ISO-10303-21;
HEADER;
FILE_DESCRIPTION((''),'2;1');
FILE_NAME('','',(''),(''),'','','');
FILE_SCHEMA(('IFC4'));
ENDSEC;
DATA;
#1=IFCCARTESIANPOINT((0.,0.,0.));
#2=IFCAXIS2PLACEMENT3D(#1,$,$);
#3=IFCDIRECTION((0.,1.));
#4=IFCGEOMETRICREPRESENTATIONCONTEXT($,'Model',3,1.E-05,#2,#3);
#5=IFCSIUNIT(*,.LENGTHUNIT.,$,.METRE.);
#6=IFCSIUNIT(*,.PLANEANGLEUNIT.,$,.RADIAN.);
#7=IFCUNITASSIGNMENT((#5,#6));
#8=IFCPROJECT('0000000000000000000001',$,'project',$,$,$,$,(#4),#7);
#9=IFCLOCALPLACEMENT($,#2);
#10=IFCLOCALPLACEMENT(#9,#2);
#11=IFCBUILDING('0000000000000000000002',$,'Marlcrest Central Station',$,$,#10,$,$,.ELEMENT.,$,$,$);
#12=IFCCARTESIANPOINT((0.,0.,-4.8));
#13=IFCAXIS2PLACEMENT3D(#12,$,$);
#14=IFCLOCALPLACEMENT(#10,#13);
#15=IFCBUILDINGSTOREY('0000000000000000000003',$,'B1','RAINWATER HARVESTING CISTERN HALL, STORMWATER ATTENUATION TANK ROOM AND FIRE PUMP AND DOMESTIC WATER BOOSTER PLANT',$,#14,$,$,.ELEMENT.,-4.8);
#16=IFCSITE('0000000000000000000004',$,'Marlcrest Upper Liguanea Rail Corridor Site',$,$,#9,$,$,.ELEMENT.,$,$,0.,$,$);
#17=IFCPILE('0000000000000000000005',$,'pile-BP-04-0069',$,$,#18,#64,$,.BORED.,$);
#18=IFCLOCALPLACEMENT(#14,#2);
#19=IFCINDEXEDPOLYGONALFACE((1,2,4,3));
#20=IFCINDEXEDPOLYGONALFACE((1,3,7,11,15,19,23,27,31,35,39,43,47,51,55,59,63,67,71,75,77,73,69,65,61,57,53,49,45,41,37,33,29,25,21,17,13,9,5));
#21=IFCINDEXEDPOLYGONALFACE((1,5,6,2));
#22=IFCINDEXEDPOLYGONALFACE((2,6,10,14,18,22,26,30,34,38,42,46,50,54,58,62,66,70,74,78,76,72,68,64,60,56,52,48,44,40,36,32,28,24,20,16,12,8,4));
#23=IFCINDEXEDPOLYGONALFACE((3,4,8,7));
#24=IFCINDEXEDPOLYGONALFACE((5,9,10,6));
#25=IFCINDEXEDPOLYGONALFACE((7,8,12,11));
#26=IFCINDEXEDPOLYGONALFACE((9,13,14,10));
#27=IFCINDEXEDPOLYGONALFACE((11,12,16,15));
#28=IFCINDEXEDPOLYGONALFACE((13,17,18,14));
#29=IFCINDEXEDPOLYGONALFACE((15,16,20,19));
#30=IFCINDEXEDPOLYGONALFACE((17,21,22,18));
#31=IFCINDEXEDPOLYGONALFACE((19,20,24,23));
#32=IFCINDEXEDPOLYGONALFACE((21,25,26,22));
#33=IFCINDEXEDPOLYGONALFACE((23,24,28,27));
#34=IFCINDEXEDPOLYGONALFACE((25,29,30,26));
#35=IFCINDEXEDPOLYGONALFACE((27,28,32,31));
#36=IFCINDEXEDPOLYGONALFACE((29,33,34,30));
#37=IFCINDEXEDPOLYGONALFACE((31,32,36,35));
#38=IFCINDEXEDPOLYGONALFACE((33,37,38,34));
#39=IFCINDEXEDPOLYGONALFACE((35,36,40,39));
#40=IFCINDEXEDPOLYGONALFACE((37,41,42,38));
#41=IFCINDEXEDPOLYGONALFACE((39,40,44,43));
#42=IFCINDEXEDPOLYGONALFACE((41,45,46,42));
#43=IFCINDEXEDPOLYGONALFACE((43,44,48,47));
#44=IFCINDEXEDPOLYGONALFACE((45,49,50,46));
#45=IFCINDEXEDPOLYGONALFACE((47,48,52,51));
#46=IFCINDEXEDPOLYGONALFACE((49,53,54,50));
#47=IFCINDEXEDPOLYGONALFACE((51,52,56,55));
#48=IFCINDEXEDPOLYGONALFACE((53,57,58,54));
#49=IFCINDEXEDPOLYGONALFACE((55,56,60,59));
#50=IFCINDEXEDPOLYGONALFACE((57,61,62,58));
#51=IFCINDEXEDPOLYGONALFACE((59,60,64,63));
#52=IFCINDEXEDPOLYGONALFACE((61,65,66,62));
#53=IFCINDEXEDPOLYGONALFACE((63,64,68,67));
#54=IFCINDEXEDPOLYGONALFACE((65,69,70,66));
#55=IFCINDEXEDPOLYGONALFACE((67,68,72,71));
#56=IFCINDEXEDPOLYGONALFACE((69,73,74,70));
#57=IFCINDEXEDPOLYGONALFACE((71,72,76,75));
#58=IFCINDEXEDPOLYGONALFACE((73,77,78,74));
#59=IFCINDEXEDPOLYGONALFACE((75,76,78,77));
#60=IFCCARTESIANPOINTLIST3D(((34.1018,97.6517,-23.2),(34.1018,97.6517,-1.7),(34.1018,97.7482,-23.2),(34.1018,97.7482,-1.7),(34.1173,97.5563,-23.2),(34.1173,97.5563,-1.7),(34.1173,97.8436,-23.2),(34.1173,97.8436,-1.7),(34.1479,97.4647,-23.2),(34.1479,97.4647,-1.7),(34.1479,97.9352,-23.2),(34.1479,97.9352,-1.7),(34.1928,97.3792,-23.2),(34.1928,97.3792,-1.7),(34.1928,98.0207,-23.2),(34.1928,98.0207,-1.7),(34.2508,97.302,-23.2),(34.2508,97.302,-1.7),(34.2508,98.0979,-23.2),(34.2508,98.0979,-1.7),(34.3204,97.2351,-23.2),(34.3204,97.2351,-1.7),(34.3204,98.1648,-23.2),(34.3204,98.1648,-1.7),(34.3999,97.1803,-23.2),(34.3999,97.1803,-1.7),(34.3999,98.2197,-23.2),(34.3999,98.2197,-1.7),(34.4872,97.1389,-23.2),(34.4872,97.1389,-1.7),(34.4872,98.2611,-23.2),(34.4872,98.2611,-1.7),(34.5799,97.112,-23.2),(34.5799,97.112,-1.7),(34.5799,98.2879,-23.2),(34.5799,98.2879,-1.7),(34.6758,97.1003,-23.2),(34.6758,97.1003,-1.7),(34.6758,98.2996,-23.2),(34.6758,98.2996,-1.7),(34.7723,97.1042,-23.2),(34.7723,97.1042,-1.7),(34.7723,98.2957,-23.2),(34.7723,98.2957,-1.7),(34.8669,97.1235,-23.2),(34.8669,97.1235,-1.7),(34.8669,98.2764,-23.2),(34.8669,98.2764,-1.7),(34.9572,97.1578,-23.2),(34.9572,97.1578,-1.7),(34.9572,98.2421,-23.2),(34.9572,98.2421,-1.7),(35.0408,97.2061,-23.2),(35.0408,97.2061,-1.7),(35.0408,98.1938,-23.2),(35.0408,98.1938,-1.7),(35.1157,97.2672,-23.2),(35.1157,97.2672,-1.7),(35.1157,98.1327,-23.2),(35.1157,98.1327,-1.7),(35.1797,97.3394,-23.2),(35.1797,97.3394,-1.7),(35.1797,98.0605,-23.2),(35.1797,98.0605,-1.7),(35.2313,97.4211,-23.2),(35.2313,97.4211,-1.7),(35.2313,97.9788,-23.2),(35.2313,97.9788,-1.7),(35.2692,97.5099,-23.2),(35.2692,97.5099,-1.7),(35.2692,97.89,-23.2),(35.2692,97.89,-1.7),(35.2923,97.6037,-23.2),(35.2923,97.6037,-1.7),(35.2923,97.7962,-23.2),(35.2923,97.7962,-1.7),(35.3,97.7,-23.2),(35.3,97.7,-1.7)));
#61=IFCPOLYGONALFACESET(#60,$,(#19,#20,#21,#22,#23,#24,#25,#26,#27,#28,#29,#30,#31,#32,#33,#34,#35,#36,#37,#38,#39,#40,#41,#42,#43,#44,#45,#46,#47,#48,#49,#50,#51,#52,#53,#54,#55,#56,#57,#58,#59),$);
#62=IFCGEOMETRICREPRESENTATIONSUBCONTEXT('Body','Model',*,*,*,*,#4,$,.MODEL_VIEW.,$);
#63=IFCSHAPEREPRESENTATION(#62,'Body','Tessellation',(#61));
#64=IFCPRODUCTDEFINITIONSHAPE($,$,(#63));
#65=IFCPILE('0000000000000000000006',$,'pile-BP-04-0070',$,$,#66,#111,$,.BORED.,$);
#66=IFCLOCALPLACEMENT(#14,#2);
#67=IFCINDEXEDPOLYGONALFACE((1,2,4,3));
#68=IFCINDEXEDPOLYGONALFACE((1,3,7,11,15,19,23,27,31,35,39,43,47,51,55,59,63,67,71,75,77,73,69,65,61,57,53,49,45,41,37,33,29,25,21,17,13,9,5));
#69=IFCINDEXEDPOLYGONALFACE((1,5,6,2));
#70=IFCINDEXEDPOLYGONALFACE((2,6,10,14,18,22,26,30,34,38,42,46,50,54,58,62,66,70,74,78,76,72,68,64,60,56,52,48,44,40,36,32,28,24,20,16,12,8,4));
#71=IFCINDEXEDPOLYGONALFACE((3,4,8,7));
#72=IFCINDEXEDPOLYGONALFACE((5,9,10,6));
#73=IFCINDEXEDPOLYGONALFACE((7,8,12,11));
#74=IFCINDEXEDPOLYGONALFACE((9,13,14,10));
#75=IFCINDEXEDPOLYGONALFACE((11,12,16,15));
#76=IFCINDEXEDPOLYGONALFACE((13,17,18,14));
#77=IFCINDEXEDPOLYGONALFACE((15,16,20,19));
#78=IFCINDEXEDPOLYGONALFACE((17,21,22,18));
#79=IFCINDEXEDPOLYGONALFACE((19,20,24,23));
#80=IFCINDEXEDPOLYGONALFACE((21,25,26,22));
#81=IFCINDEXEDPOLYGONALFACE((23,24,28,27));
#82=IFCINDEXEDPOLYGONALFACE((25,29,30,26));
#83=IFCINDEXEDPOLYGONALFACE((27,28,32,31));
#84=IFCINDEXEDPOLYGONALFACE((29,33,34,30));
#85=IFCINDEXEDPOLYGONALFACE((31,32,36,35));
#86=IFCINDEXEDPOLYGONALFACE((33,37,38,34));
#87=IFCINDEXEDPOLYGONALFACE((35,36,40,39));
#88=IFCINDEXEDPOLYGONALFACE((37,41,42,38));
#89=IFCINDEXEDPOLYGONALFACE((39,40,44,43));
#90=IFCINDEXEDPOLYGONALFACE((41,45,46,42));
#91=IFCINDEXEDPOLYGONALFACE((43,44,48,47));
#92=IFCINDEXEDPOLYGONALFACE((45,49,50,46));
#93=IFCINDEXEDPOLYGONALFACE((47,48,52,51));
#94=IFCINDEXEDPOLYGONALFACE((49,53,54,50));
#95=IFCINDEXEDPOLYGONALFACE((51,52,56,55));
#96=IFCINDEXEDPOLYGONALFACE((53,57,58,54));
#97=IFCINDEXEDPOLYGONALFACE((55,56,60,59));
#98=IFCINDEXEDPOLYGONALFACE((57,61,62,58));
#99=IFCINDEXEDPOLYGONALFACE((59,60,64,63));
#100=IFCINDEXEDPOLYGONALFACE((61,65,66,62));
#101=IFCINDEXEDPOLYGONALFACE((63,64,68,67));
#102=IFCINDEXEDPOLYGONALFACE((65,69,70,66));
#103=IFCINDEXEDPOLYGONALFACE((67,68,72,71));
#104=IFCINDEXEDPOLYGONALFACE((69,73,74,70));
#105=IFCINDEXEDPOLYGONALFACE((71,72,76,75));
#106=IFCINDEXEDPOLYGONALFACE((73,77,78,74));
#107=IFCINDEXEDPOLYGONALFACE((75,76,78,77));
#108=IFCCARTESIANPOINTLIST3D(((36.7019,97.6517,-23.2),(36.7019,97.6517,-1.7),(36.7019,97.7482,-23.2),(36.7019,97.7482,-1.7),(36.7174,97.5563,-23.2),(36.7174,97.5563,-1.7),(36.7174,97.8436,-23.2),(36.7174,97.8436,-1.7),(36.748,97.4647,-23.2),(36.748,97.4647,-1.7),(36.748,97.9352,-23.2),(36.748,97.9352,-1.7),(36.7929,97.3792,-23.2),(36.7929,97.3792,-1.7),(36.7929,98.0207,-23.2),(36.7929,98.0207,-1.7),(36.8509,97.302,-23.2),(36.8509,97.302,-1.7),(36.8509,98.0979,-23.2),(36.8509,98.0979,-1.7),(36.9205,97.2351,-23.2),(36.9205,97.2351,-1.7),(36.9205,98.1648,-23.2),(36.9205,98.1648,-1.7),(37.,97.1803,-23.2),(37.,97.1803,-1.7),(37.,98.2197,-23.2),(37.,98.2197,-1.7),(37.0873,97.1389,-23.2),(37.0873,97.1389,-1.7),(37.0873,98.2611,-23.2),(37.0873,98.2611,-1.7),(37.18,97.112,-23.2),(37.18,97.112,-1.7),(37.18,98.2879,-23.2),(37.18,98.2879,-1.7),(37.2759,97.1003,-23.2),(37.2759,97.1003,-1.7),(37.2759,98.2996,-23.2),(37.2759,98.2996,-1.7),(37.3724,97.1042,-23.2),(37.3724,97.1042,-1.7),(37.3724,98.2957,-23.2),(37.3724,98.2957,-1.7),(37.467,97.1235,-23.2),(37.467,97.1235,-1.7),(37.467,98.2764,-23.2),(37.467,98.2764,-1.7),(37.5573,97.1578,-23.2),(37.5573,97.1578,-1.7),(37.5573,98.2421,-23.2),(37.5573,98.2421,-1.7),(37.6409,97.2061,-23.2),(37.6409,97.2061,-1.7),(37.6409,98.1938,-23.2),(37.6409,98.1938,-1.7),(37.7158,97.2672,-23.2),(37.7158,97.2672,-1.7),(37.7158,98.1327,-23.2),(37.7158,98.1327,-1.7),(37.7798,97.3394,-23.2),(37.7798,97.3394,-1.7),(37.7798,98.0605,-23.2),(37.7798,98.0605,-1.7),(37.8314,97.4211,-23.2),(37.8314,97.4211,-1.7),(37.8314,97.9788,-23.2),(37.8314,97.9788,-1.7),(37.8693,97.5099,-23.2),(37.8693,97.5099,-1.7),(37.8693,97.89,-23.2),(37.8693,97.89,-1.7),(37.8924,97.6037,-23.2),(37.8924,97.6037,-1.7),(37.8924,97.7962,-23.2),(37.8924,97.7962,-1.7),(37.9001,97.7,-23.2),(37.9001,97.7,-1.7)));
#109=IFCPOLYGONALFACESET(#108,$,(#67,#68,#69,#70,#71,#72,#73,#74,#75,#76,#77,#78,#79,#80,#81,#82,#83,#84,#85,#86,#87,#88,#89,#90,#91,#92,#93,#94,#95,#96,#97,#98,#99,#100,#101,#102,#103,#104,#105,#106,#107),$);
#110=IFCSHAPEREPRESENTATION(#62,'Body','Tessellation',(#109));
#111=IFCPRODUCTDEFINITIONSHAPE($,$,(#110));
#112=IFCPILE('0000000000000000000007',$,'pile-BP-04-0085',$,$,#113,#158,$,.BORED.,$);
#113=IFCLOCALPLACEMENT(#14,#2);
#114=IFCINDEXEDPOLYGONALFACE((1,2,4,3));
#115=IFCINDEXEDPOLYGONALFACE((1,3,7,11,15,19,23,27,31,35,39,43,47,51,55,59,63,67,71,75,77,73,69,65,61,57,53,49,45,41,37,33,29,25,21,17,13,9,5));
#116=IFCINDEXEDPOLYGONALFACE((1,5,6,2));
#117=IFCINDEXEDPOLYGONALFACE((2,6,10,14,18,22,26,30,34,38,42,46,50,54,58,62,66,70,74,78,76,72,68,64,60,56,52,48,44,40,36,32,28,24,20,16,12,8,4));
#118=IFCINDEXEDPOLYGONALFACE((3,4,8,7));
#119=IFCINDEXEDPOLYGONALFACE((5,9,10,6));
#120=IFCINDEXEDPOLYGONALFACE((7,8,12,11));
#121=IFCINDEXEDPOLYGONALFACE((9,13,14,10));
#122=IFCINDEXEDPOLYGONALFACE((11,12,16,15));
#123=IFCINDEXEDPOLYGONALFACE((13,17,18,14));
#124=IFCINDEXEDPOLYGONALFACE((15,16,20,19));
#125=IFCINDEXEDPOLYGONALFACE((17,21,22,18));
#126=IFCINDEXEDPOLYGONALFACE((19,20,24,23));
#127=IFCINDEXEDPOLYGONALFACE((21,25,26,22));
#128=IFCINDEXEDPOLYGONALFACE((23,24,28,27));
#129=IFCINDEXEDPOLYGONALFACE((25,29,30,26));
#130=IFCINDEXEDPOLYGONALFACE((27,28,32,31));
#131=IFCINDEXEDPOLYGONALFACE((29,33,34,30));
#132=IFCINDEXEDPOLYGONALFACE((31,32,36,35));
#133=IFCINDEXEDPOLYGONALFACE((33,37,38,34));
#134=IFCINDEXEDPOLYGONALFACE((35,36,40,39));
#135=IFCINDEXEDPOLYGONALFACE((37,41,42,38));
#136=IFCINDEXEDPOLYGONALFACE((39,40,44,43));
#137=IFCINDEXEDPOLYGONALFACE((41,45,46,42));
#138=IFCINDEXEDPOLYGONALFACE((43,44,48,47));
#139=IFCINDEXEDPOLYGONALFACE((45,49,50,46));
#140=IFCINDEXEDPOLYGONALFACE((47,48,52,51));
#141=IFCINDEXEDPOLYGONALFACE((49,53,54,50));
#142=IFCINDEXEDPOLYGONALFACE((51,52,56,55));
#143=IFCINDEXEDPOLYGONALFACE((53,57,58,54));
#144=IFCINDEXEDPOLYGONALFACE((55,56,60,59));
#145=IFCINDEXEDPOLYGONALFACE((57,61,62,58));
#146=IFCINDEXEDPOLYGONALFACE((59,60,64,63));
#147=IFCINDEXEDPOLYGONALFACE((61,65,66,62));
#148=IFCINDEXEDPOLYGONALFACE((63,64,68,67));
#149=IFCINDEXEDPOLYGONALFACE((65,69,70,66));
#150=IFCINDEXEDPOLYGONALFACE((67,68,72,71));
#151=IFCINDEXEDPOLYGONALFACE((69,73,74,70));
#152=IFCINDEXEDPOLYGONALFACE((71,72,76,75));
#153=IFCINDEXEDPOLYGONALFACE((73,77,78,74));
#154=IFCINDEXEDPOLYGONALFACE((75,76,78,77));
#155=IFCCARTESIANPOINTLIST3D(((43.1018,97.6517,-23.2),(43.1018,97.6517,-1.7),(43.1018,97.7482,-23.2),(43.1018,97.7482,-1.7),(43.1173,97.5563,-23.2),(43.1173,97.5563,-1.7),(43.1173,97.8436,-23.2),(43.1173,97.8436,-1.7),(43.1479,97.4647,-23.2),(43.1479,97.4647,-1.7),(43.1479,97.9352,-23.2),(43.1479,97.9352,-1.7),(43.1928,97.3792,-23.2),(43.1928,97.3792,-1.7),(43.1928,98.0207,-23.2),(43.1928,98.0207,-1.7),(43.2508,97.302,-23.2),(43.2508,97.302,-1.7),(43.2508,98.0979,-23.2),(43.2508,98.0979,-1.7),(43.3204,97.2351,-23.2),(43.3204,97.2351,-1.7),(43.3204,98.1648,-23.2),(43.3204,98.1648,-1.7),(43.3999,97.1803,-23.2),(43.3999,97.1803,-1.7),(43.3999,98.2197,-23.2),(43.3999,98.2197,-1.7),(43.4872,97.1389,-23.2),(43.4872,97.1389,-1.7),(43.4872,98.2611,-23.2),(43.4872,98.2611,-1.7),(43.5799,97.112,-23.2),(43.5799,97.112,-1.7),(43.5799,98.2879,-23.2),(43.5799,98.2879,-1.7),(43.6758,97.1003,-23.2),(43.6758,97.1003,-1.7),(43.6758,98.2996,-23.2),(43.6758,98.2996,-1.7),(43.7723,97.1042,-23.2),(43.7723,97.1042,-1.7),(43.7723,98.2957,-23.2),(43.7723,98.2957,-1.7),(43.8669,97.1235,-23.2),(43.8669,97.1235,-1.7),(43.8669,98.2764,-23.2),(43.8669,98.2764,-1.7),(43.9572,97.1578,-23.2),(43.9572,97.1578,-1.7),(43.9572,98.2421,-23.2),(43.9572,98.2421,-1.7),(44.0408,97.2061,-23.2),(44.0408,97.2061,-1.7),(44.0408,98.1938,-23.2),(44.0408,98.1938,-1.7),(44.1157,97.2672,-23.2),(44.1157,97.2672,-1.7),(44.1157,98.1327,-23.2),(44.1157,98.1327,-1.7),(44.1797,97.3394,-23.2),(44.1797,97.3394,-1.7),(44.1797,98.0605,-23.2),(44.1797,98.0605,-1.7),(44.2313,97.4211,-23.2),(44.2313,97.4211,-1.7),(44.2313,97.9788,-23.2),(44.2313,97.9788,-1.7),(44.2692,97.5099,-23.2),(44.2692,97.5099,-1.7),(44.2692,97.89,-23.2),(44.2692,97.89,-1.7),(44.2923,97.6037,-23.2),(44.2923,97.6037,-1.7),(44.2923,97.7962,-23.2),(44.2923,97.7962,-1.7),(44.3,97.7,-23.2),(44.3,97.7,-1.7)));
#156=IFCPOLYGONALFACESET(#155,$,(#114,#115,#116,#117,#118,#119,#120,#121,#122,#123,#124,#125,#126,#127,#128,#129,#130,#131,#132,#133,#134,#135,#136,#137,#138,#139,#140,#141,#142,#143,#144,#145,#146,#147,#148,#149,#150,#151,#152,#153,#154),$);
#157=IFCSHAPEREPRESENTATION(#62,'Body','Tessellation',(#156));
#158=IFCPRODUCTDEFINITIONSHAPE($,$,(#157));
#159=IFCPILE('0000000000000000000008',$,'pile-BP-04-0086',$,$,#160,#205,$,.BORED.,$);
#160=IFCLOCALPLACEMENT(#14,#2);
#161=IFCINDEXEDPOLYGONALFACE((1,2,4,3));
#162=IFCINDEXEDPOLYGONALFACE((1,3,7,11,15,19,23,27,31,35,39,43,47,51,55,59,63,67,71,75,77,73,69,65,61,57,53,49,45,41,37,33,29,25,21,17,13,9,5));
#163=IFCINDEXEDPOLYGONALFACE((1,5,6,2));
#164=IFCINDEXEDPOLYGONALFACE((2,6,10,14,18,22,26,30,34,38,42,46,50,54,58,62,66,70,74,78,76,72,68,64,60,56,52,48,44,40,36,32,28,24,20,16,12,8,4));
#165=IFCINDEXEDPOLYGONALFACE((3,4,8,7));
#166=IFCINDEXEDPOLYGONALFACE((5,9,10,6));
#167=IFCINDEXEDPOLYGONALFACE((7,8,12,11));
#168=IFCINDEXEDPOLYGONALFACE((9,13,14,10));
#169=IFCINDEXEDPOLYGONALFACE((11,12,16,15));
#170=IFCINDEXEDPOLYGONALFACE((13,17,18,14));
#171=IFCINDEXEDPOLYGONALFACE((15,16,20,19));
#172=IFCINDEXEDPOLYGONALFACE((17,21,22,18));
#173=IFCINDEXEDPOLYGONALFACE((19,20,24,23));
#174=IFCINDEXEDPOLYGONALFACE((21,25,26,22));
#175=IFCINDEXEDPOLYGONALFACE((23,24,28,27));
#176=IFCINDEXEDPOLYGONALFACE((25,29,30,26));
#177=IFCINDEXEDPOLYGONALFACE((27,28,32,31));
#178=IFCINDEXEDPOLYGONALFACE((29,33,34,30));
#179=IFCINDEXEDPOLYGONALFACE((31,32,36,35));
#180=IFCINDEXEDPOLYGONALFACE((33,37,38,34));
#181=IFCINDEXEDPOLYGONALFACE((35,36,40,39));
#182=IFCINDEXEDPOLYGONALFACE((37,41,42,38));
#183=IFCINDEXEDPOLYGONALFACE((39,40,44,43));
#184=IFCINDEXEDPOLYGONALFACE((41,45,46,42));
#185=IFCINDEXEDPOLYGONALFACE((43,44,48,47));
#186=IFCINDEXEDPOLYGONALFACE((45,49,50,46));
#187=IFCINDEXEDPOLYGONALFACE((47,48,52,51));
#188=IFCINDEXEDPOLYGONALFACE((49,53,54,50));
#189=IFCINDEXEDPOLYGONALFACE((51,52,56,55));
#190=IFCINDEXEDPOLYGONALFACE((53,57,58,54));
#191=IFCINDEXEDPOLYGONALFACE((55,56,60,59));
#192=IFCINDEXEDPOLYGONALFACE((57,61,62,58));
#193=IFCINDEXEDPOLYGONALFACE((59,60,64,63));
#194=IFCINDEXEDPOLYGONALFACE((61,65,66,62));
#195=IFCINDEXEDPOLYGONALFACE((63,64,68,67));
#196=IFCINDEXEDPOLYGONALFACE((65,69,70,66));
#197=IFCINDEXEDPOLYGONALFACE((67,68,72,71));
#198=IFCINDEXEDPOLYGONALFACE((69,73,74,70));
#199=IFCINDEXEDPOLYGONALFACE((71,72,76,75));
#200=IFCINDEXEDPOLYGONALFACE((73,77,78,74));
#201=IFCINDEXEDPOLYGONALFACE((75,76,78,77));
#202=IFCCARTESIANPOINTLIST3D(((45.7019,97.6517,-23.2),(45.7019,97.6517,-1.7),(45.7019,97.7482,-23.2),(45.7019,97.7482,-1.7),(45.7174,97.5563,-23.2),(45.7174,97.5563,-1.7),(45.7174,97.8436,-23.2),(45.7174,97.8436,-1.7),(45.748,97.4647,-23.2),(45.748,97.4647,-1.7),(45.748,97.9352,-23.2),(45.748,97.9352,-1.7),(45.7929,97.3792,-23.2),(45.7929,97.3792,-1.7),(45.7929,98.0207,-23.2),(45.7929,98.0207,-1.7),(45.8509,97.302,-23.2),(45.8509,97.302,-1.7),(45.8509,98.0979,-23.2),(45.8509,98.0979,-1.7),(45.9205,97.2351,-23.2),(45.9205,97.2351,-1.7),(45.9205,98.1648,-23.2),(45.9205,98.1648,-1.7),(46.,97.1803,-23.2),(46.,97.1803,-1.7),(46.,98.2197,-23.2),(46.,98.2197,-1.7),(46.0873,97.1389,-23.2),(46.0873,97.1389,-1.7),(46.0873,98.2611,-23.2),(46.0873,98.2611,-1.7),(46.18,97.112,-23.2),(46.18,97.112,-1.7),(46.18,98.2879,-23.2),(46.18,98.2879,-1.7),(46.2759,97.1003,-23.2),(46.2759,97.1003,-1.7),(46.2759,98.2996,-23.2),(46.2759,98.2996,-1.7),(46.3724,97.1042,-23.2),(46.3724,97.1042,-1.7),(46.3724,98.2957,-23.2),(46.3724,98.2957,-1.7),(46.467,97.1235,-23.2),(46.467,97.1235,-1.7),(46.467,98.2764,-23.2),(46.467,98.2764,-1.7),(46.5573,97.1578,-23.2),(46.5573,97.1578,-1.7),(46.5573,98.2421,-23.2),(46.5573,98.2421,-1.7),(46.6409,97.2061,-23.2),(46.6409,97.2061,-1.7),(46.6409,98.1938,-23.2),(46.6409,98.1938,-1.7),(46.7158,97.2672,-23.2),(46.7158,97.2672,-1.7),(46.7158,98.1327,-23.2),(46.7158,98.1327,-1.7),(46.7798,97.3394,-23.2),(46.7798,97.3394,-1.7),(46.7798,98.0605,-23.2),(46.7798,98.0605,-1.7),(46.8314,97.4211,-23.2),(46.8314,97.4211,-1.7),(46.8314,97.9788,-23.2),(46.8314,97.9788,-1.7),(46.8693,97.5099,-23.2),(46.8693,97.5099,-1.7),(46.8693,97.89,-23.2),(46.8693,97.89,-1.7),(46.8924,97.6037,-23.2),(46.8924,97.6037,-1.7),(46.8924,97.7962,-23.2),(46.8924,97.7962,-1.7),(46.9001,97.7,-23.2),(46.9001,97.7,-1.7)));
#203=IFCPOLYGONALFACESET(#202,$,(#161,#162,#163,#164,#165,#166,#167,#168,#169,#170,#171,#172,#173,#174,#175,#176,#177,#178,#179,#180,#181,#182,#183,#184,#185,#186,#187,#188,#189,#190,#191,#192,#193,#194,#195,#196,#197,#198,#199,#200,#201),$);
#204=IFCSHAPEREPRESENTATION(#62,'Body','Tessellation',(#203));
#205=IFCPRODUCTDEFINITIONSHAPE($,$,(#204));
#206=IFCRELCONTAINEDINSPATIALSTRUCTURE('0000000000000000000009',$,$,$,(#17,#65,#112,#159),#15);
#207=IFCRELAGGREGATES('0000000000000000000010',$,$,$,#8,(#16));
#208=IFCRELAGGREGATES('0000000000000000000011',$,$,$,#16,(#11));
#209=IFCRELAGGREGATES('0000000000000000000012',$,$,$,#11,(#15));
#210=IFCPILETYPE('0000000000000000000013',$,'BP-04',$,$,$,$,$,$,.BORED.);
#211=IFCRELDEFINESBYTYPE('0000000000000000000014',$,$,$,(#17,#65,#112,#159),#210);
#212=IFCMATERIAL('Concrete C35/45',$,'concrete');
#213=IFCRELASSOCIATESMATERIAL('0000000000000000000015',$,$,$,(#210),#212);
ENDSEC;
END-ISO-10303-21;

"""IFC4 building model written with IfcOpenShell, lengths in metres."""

from ifc_helpers import new_model, si_unit, direction, frame, origin, origin_2d, place, context, subcontext, project, spatial, circle, extrude, material, material_profile, profile_set, type_object, element, save


model = new_model("IFC4")

# Units and contexts
model_context = context("Model", 3, precision=1e-05, world=origin(), true_north=direction((0.0, 1.0)))
body_context = subcontext(model_context, "Body", "Model", "MODEL_VIEW")
ifc_project = project(units=[si_unit("LENGTHUNIT", "METRE"), si_unit("PLANEANGLEUNIT", "RADIAN")], contexts=[model_context])

# Site, building, storey
site_placement = place(None, origin())
site = spatial("IfcSite", under=ifc_project, at=site_placement, Name="Marlcrest Upper Liguanea Rail Corridor Site", CompositionType="ELEMENT", RefElevation=0.0)
building_placement = place(site_placement, origin())
building = spatial("IfcBuilding", under=site, at=building_placement, Name="Marlcrest Central Station", CompositionType="ELEMENT")
storey_placement = place(building_placement, frame((0.0, 0.0, -4.8)))
storey = spatial("IfcBuildingStorey", under=building, at=storey_placement, Name="B1", Description="RAINWATER HARVESTING CISTERN HALL, STORMWATER ATTENUATION TANK ROOM AND FIRE PUMP AND DOMESTIC WATER BOOSTER PLANT", CompositionType="ELEMENT", Elevation=-4.8)

# Piles
ifc_material_1 = material(Name="Concrete C35/45", Category="concrete")
ifc_material_profile = material_profile(ifc_material_1, circle(Radius=0.6001, at=origin_2d()), Name="PILE D1200")
ifc_profile_set = profile_set([ifc_material_profile], Name="Concrete C35/45")
pile_type = type_object("IfcPileType", Name="BP-04", PredefinedType="BORED", material=ifc_profile_set)
for number, where, z_axis, x_axis, name in (
    (1, (34.7, 97.7, -1.7), (0.0, 0.0, -1.0), (1.0, 0.0, 0.0), "pile-BP-04-0069"),
    (2, (37.3, 97.7, -1.7), (0.0, 0.0, -1.0), (1.0, 0.0, 0.0), "pile-BP-04-0070"),
    (3, (43.7, 97.7, -1.7), (0.0, 0.0, -1.0), (1.0, 0.0, 0.0), "pile-BP-04-0085"),
    (4, (46.3, 97.7, -1.7), (0.0, 0.0, -1.0), (1.0, 0.0, 0.0), "pile-BP-04-0086"),
):
    element("IfcPile", number, at=place(storey_placement, frame(where, z_axis=z_axis, x_axis=x_axis)), inside=storey, type_object=pile_type, Name=name, PredefinedType="BORED", context=body_context, shape_type="SweptSolid", body=[
        extrude(circle(Radius=0.6001, at=origin_2d()), origin(), (0.0, 0.0, 1.0), 21.5),
    ])

save(model, "model.ifc")
